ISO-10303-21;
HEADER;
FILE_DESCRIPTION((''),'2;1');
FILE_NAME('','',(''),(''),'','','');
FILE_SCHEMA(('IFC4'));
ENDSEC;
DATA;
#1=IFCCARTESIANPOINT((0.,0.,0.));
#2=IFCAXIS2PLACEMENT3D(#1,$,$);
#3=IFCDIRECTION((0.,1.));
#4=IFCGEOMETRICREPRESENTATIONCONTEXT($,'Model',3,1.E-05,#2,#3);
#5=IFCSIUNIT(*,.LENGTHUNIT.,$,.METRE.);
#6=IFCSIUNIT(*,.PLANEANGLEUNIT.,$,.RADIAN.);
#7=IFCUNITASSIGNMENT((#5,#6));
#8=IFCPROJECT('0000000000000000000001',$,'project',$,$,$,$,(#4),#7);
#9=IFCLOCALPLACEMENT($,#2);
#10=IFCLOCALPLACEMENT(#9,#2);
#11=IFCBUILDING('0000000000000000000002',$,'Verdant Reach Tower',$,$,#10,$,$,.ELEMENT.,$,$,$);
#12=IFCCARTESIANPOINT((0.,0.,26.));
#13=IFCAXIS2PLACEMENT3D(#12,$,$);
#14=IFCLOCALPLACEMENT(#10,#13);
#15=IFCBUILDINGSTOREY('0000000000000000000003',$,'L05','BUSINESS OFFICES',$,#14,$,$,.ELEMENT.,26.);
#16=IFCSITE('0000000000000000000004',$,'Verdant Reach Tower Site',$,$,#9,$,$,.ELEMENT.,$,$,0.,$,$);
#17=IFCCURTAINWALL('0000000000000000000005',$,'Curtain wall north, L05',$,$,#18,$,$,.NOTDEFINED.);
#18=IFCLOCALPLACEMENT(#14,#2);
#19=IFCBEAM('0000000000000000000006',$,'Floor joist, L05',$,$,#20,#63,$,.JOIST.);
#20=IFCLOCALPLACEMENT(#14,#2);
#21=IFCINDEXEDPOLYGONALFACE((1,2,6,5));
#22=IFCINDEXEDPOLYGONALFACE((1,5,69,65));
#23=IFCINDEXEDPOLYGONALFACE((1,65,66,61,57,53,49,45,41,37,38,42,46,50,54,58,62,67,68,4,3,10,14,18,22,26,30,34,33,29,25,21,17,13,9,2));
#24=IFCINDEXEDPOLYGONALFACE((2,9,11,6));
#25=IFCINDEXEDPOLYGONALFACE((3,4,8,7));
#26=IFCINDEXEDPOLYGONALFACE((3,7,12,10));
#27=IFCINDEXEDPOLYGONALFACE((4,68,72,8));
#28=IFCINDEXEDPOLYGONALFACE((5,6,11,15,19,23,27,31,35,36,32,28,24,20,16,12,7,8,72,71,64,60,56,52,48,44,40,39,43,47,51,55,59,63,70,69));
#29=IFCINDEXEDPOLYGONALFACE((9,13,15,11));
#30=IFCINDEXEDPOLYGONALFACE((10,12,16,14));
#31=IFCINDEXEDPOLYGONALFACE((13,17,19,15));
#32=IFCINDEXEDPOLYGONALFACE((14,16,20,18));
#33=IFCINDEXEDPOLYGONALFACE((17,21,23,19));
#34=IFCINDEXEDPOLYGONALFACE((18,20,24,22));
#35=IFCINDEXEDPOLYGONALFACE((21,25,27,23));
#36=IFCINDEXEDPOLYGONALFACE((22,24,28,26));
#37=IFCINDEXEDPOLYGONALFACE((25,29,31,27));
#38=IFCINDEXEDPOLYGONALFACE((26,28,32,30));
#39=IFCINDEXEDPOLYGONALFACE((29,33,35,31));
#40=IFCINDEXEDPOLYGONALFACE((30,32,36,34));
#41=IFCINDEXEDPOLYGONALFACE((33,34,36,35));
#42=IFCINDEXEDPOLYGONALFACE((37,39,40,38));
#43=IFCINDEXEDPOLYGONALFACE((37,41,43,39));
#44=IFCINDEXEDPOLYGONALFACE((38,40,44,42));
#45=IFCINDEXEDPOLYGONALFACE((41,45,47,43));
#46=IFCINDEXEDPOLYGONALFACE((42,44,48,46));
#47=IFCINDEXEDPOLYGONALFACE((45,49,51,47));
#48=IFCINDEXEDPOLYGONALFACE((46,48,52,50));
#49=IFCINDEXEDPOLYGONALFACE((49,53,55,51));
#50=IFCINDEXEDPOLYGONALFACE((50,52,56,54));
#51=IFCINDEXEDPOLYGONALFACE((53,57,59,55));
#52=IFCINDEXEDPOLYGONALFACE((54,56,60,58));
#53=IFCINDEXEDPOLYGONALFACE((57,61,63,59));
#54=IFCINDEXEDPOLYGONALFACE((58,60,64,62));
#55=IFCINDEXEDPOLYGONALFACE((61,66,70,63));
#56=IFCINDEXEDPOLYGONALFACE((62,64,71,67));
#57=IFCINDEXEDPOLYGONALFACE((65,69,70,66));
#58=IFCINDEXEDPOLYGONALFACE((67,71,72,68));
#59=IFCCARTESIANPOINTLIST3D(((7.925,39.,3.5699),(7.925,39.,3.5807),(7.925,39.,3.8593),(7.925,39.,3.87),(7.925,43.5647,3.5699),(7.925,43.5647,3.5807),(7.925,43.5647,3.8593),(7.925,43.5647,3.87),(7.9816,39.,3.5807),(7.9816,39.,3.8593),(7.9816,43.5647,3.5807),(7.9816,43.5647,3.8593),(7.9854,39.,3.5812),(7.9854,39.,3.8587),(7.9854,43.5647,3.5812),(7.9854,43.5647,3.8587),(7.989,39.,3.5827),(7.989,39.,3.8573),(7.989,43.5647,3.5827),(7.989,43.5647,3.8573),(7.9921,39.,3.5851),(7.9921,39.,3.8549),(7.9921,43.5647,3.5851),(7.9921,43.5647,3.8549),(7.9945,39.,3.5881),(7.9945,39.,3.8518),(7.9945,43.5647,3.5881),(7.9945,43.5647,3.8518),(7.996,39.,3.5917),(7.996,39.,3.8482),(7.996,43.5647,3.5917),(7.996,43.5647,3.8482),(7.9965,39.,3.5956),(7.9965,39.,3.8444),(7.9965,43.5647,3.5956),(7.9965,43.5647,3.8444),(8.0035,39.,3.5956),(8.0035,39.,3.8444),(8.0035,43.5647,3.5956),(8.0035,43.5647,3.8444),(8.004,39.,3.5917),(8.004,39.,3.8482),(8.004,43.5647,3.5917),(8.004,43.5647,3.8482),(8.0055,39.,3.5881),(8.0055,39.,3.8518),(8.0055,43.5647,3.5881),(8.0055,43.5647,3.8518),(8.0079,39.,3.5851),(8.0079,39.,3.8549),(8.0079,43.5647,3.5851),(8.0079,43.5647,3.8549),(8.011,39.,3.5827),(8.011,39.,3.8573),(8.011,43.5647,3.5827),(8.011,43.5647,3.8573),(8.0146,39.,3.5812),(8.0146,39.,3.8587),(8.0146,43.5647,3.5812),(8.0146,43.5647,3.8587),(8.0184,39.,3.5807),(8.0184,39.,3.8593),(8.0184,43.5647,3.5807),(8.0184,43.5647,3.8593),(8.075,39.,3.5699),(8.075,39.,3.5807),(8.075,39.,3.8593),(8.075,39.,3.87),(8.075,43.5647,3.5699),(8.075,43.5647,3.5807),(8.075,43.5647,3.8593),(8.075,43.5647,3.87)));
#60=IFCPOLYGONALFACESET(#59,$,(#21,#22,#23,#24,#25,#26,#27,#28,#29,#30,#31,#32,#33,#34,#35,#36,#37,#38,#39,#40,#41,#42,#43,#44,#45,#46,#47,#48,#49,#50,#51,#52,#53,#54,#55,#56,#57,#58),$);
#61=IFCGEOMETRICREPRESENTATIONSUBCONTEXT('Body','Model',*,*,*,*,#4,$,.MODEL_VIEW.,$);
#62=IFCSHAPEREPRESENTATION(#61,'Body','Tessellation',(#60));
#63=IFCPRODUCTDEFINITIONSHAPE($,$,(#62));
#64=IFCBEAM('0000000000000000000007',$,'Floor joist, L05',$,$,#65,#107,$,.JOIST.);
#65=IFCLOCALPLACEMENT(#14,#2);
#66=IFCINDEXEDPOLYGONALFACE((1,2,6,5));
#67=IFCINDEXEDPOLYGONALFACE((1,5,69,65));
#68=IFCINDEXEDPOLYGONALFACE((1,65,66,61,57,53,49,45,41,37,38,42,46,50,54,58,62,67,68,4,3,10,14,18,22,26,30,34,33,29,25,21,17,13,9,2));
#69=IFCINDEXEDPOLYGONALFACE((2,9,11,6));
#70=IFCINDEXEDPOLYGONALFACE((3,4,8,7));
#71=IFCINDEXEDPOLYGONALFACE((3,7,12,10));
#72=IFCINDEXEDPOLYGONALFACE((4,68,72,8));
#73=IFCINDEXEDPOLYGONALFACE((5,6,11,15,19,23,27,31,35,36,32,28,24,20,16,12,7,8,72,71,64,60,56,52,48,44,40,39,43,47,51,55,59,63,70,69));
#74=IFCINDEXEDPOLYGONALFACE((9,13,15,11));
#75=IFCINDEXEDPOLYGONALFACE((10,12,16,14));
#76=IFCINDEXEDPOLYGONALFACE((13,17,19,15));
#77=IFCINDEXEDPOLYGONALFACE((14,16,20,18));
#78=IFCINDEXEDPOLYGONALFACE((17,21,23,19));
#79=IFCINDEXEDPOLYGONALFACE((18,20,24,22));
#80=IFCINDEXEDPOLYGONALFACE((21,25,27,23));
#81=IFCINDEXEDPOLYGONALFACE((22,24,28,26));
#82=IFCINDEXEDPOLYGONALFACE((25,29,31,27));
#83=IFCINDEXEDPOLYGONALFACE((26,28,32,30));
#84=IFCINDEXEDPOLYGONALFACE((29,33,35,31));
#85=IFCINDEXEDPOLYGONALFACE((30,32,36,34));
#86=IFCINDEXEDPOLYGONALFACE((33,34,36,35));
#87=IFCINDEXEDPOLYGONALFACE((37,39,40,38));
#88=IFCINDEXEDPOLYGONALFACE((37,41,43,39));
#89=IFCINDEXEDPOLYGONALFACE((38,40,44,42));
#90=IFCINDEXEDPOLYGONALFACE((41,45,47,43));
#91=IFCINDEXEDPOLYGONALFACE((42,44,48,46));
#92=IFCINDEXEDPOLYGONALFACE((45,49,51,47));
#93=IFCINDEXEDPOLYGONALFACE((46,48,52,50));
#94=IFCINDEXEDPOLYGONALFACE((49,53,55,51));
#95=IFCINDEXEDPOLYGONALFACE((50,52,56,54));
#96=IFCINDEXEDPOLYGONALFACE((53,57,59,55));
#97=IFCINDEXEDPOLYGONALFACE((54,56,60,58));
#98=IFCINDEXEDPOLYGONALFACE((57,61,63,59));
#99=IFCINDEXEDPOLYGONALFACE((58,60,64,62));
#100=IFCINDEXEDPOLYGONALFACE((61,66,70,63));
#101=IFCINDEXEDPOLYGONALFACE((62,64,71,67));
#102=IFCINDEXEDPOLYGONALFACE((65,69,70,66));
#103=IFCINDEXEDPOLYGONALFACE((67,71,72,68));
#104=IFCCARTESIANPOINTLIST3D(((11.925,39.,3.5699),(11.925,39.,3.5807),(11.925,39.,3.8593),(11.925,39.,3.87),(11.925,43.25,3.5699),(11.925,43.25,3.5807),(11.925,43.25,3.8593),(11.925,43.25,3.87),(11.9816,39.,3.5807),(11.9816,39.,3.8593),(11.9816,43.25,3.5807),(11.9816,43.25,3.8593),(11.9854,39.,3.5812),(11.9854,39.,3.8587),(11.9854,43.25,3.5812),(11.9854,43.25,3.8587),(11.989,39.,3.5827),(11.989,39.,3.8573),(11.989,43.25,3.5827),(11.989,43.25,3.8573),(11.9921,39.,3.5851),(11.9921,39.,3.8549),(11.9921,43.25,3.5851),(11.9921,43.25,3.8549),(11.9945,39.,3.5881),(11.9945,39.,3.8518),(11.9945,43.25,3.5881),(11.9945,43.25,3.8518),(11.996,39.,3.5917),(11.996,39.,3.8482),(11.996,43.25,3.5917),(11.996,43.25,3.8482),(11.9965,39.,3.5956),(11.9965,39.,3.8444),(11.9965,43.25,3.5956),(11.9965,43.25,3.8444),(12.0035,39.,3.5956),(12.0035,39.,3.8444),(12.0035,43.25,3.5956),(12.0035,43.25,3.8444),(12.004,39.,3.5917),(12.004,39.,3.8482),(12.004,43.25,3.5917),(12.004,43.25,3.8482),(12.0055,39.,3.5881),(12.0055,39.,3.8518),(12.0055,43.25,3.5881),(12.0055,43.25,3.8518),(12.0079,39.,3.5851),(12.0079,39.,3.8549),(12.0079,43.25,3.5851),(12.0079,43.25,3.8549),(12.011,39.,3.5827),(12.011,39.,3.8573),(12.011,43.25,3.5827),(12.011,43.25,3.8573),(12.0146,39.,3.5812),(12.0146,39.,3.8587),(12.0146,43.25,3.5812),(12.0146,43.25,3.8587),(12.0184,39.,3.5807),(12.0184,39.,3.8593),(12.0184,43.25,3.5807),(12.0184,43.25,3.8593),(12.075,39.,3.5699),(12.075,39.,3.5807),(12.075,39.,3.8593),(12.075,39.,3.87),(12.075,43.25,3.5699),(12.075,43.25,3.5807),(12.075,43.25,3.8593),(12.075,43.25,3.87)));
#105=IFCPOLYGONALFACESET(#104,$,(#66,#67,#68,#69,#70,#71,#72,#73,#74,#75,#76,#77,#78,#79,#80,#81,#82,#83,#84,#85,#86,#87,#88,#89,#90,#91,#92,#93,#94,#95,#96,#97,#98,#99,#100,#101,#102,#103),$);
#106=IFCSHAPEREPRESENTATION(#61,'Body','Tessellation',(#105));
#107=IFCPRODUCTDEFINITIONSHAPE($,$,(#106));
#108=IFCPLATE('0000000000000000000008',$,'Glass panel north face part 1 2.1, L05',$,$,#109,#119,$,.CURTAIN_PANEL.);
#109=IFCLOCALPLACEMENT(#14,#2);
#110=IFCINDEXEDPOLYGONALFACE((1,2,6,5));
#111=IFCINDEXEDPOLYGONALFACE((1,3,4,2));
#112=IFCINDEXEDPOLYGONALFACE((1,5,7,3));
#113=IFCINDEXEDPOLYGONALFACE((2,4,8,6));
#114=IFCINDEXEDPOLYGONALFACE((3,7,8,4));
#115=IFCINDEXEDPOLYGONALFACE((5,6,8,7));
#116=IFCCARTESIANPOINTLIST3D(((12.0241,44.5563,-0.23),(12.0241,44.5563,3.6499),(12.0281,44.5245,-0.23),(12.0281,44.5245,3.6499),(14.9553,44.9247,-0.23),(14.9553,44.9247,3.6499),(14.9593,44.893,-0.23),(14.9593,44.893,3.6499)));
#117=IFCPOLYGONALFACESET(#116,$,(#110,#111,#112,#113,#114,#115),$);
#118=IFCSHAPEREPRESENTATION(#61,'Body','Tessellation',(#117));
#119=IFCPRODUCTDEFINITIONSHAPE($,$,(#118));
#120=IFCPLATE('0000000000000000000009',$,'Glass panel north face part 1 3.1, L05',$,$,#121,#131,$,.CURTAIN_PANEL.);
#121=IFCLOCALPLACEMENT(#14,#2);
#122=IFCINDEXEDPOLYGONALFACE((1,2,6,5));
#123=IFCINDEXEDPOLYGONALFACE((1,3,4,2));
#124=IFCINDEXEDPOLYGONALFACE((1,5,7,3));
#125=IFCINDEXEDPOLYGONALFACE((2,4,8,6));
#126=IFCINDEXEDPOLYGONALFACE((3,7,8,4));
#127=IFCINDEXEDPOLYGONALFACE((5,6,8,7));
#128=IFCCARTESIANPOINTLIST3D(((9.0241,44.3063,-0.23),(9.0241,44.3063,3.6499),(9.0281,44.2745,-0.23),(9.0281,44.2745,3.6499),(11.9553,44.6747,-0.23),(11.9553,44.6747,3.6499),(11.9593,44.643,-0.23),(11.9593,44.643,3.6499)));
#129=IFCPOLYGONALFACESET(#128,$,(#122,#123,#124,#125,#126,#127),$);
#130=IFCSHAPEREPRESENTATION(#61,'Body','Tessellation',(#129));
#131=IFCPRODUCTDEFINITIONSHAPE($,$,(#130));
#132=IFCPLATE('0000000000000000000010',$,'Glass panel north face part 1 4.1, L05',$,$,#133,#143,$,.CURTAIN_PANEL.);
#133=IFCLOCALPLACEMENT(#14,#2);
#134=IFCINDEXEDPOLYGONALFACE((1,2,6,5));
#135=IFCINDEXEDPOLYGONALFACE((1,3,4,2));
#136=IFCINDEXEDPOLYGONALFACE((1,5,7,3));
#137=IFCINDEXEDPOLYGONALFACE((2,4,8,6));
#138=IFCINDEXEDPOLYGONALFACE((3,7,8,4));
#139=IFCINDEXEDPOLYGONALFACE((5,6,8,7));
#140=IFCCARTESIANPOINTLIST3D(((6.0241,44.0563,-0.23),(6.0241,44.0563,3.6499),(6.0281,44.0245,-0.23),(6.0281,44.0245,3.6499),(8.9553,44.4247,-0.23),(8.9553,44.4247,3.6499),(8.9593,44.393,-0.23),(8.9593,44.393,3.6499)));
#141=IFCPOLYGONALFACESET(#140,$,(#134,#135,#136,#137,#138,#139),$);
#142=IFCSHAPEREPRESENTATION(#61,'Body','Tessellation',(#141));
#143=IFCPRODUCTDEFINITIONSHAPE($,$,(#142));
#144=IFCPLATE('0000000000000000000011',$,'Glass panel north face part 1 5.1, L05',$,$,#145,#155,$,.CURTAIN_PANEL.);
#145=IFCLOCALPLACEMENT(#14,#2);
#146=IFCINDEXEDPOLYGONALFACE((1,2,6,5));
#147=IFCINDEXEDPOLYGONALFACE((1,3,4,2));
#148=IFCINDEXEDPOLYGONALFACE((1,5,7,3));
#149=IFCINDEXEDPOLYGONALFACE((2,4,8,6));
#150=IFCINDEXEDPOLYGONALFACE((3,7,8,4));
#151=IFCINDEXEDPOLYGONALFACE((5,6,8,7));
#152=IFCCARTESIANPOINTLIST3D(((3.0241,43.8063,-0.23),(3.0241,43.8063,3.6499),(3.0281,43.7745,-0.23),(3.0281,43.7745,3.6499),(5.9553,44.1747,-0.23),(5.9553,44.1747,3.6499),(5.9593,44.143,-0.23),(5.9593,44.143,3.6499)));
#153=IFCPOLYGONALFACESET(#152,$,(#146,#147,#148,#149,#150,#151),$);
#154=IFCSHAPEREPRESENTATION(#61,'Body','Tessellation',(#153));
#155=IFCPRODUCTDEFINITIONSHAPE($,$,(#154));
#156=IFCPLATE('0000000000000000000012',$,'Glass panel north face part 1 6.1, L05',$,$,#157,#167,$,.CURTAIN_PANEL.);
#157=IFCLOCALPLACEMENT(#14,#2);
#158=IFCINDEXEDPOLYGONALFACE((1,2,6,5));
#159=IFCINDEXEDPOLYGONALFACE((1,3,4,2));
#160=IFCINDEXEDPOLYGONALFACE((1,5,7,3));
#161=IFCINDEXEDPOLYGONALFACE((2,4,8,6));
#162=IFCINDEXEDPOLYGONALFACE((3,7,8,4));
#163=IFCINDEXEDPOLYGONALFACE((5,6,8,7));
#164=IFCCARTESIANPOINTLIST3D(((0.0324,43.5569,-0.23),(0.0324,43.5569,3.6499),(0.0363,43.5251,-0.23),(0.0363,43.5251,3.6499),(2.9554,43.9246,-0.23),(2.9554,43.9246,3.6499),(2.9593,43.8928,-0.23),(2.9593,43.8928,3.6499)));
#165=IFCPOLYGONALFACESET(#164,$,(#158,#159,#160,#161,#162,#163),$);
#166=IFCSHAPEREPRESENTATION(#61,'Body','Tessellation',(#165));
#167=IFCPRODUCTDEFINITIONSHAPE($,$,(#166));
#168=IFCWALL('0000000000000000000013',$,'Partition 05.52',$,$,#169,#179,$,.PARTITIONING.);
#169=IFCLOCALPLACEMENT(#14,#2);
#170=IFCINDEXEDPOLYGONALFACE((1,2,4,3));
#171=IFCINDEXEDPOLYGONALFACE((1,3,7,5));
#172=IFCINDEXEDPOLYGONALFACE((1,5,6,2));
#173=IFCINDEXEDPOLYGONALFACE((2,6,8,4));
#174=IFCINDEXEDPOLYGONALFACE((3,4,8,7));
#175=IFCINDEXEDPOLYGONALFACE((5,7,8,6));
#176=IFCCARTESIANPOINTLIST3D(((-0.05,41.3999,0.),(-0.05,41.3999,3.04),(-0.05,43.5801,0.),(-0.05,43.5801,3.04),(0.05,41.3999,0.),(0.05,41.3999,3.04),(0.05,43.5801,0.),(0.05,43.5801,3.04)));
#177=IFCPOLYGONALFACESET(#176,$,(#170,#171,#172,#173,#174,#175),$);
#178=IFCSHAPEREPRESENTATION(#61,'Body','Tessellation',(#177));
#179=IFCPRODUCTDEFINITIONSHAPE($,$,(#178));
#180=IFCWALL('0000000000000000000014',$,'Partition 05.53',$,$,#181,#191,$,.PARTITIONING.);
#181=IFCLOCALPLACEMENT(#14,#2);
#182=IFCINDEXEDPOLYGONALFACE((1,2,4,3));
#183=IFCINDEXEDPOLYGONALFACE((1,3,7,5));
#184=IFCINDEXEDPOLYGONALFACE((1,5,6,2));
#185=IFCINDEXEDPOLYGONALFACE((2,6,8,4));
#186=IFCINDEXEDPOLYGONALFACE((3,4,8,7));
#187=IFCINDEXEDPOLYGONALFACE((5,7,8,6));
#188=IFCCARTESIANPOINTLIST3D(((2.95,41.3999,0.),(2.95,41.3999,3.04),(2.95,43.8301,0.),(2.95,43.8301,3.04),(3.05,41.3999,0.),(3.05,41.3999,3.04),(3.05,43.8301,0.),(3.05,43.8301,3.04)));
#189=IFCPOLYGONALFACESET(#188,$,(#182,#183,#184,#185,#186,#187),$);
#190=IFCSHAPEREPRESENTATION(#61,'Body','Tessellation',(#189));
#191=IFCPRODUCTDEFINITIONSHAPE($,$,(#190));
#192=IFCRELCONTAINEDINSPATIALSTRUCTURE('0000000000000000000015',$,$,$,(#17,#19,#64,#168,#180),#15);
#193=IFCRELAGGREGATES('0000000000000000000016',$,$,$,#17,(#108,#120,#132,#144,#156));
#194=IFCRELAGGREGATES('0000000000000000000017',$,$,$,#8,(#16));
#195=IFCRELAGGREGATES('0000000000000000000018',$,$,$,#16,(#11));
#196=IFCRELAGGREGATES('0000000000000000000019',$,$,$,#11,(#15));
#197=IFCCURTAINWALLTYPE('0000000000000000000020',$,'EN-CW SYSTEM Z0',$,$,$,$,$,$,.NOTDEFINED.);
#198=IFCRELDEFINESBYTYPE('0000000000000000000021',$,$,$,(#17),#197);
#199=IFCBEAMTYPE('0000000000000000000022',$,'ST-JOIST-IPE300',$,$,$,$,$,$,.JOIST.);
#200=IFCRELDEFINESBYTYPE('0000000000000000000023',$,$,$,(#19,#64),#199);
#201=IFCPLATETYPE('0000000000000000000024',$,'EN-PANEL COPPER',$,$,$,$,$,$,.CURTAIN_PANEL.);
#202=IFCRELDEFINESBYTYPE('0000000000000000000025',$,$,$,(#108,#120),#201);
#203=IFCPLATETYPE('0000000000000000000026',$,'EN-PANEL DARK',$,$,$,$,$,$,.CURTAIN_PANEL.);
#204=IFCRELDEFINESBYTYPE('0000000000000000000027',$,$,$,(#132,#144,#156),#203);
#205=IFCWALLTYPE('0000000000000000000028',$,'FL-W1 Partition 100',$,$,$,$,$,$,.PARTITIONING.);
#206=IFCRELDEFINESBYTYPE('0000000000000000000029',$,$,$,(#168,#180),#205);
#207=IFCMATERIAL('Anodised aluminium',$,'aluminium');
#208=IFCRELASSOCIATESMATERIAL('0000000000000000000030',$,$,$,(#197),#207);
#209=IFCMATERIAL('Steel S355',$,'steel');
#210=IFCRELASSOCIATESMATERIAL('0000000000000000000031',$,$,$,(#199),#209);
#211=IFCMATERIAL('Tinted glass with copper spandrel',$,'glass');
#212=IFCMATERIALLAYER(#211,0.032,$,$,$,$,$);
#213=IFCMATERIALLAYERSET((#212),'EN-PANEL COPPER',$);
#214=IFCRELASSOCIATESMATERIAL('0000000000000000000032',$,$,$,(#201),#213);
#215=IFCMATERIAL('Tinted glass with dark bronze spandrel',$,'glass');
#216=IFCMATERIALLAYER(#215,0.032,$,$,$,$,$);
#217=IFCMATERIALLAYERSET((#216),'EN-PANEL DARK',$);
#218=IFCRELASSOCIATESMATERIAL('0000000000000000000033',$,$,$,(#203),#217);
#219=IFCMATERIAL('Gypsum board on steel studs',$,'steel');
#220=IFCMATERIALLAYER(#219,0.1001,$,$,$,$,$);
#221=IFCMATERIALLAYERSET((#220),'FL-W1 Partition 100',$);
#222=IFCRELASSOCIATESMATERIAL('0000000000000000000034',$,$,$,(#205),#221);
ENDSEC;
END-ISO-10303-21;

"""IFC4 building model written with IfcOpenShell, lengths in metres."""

from ifc_helpers import new_model, si_unit, direction, frame, frame_2d, origin, origin_2d, place, context, subcontext, project, spatial, rectangle, i_section, extrude, material, layer, layer_set, material_profile, profile_set, type_object, element, aggregate, save


model = new_model("IFC4")

# Units and contexts
model_context = context("Model", 3, precision=1e-05, world=origin(), true_north=direction((0.0, 1.0)))
body_context = subcontext(model_context, "Body", "Model", "MODEL_VIEW")
ifc_project = project(units=[si_unit("LENGTHUNIT", "METRE"), si_unit("PLANEANGLEUNIT", "RADIAN")], contexts=[model_context])

# Site, building, storey
site_placement = place(None, origin())
site = spatial("IfcSite", under=ifc_project, at=site_placement, Name="Verdant Reach Tower Site", CompositionType="ELEMENT", RefElevation=0.0)
building_placement = place(site_placement, origin())
building = spatial("IfcBuilding", under=site, at=building_placement, Name="Verdant Reach Tower", CompositionType="ELEMENT")
storey_placement = place(building_placement, frame((0.0, 0.0, 26.0)))
storey = spatial("IfcBuildingStorey", under=building, at=storey_placement, Name="L05", Description="BUSINESS OFFICES", CompositionType="ELEMENT", Elevation=26.0)

# Curtain wall
ifc_material_1 = material(Name="Anodised aluminium", Category="aluminium")
curtain_wall_type = type_object("IfcCurtainWallType", Name="EN-CW SYSTEM Z0", PredefinedType="NOTDEFINED", material=ifc_material_1)
curtain_wall_placement = place(storey_placement, origin())
curtain_wall = element("IfcCurtainWall", 1, at=curtain_wall_placement, inside=storey, type_object=curtain_wall_type, Name="Curtain wall north, L05", PredefinedType="NOTDEFINED")

# Beams
ifc_material_2 = material(Name="Steel S355", Category="steel")
ifc_material_profile_1 = material_profile(ifc_material_2, i_section(OverallWidth=0.1499, OverallDepth=0.3, WebThickness=0.0071, FlangeThickness=0.0107, FilletRadius=0.0149, at=origin_2d()), Name="IPE 300")
ifc_profile_set_1 = profile_set([ifc_material_profile_1], Name="Steel S355")
beam_type_1 = type_object("IfcBeamType", Name="ST-JOIST-IPE300", PredefinedType="JOIST", material=ifc_profile_set_1)
beam_1_placement = place(storey_placement, frame((8.0, 39.0, 3.72), z_axis=(0.0, 1.0, 0.0), x_axis=(-1.0, 0.0, 0.0)))
element("IfcBeam", 2, at=beam_1_placement, inside=storey, type_object=beam_type_1, Name="Floor joist, L05", PredefinedType="JOIST", context=body_context, shape_type="SweptSolid", body=[
    extrude(i_section(OverallWidth=0.1499, OverallDepth=0.3, WebThickness=0.0071, FlangeThickness=0.0107, FilletRadius=0.0149, at=origin_2d()), origin(), (0.0, 0.0, 1.0), 4.5647),
])
beam_2_placement = place(storey_placement, frame((12.0, 39.0, 3.72), z_axis=(0.0, 1.0, 0.0), x_axis=(-1.0, 0.0, 0.0)))
element("IfcBeam", 3, at=beam_2_placement, inside=storey, type_object=beam_type_1, Name="Floor joist, L05", PredefinedType="JOIST", context=body_context, shape_type="SweptSolid", body=[
    extrude(i_section(OverallWidth=0.1499, OverallDepth=0.3, WebThickness=0.0071, FlangeThickness=0.0107, FilletRadius=0.0149, at=origin_2d()), origin(), (0.0, 0.0, 1.0), 4.25),
])

# Plates
ifc_material_3 = material(Name="Tinted glass with copper spandrel", Category="glass")
ifc_layer_1 = layer(ifc_material_3, 0.032)
ifc_layer_set_1 = layer_set([ifc_layer_1], Name="EN-PANEL COPPER")
plate_type_1 = type_object("IfcPlateType", Name="EN-PANEL COPPER", PredefinedType="CURTAIN_PANEL", material=ifc_layer_set_1)
plate_1_placement = place(storey_placement, frame((13.4917, 44.7246, -0.23), z_axis=(0.0, 0.0, 1.0), x_axis=(-0.992194, -0.124704, 0.0)))
plate_1 = element("IfcPlate", 4, at=plate_1_placement, type_object=plate_type_1, Name="Glass panel north face part 1 2.1, L05", PredefinedType="CURTAIN_PANEL", context=body_context, shape_type="SweptSolid", body=[
    extrude(rectangle(XDim=2.9543, YDim=0.032, at=origin_2d()), origin(), (0.0, 0.0, 1.0), 3.8799),
])
plate_2_placement = place(storey_placement, frame((10.4917, 44.4746, -0.23), z_axis=(0.0, 0.0, 1.0), x_axis=(-0.992194, -0.124704, 0.0)))
plate_2 = element("IfcPlate", 5, at=plate_2_placement, type_object=plate_type_1, Name="Glass panel north face part 1 3.1, L05", PredefinedType="CURTAIN_PANEL", context=body_context, shape_type="SweptSolid", body=[
    extrude(rectangle(XDim=2.9543, YDim=0.032, at=origin_2d()), origin(), (0.0, 0.0, 1.0), 3.8799),
])
ifc_material_4 = material(Name="Tinted glass with dark bronze spandrel", Category="glass")
ifc_layer_2 = layer(ifc_material_4, 0.032)
ifc_layer_set_2 = layer_set([ifc_layer_2], Name="EN-PANEL DARK")
plate_type_2 = type_object("IfcPlateType", Name="EN-PANEL DARK", PredefinedType="CURTAIN_PANEL", material=ifc_layer_set_2)
plate_3_placement = place(storey_placement, frame((7.4917, 44.2246, -0.23), z_axis=(0.0, 0.0, 1.0), x_axis=(-0.992194, -0.124704, 0.0)))
plate_3 = element("IfcPlate", 6, at=plate_3_placement, type_object=plate_type_2, Name="Glass panel north face part 1 4.1, L05", PredefinedType="CURTAIN_PANEL", context=body_context, shape_type="SweptSolid", body=[
    extrude(rectangle(XDim=2.9543, YDim=0.032, at=origin_2d()), origin(), (0.0, 0.0, 1.0), 3.8799),
])
plate_4_placement = place(storey_placement, frame((4.4917, 43.9746, -0.23), z_axis=(0.0, 0.0, 1.0), x_axis=(-0.992194, -0.124704, 0.0)))
plate_4 = element("IfcPlate", 7, at=plate_4_placement, type_object=plate_type_2, Name="Glass panel north face part 1 5.1, L05", PredefinedType="CURTAIN_PANEL", context=body_context, shape_type="SweptSolid", body=[
    extrude(rectangle(XDim=2.9543, YDim=0.032, at=origin_2d()), origin(), (0.0, 0.0, 1.0), 3.8799),
])
plate_5_placement = place(storey_placement, frame((1.4958, 43.7249, -0.23), z_axis=(0.0, 0.0, 1.0), x_axis=(-0.99218, -0.124818, 0.0)))
plate_5 = element("IfcPlate", 8, at=plate_5_placement, type_object=plate_type_2, Name="Glass panel north face part 1 6.1, L05", PredefinedType="CURTAIN_PANEL", context=body_context, shape_type="SweptSolid", body=[
    extrude(rectangle(XDim=2.946, YDim=0.032, at=origin_2d()), origin(), (0.0, 0.0, 1.0), 3.8799),
])
aggregate(curtain_wall, [plate_1, plate_2, plate_3, plate_4, plate_5])

# Walls
ifc_material_5 = material(Name="Gypsum board on steel studs", Category="steel")
ifc_layer_3 = layer(ifc_material_5, 0.1001)
ifc_layer_set_3 = layer_set([ifc_layer_3], Name="FL-W1 Partition 100")
wall_type_1 = type_object("IfcWallType", Name="FL-W1 Partition 100", PredefinedType="PARTITIONING", material=ifc_layer_set_3)
wall_1_placement = place(storey_placement, frame((0.0, 41.3999, 0.0), z_axis=(0.0, 0.0, 1.0), x_axis=(0.0, 1.0, 0.0)))
element("IfcWall", 9, at=wall_1_placement, inside=storey, type_object=wall_type_1, Name="Partition 05.52", PredefinedType="PARTITIONING", context=body_context, shape_type="SweptSolid", body=[
    extrude(rectangle(XDim=2.1802, YDim=0.1001, at=frame_2d((1.0901, 0.0))), origin(), (0.0, 0.0, 1.0), 3.04),
])
wall_2_placement = place(storey_placement, frame((3.0, 41.3999, 0.0), z_axis=(0.0, 0.0, 1.0), x_axis=(0.0, 1.0, 0.0)))
element("IfcWall", 10, at=wall_2_placement, inside=storey, type_object=wall_type_1, Name="Partition 05.53", PredefinedType="PARTITIONING", context=body_context, shape_type="SweptSolid", body=[
    extrude(rectangle(XDim=2.4302, YDim=0.1001, at=frame_2d((1.2151, 0.0))), origin(), (0.0, 0.0, 1.0), 3.04),
])

save(model, "model.ifc")
